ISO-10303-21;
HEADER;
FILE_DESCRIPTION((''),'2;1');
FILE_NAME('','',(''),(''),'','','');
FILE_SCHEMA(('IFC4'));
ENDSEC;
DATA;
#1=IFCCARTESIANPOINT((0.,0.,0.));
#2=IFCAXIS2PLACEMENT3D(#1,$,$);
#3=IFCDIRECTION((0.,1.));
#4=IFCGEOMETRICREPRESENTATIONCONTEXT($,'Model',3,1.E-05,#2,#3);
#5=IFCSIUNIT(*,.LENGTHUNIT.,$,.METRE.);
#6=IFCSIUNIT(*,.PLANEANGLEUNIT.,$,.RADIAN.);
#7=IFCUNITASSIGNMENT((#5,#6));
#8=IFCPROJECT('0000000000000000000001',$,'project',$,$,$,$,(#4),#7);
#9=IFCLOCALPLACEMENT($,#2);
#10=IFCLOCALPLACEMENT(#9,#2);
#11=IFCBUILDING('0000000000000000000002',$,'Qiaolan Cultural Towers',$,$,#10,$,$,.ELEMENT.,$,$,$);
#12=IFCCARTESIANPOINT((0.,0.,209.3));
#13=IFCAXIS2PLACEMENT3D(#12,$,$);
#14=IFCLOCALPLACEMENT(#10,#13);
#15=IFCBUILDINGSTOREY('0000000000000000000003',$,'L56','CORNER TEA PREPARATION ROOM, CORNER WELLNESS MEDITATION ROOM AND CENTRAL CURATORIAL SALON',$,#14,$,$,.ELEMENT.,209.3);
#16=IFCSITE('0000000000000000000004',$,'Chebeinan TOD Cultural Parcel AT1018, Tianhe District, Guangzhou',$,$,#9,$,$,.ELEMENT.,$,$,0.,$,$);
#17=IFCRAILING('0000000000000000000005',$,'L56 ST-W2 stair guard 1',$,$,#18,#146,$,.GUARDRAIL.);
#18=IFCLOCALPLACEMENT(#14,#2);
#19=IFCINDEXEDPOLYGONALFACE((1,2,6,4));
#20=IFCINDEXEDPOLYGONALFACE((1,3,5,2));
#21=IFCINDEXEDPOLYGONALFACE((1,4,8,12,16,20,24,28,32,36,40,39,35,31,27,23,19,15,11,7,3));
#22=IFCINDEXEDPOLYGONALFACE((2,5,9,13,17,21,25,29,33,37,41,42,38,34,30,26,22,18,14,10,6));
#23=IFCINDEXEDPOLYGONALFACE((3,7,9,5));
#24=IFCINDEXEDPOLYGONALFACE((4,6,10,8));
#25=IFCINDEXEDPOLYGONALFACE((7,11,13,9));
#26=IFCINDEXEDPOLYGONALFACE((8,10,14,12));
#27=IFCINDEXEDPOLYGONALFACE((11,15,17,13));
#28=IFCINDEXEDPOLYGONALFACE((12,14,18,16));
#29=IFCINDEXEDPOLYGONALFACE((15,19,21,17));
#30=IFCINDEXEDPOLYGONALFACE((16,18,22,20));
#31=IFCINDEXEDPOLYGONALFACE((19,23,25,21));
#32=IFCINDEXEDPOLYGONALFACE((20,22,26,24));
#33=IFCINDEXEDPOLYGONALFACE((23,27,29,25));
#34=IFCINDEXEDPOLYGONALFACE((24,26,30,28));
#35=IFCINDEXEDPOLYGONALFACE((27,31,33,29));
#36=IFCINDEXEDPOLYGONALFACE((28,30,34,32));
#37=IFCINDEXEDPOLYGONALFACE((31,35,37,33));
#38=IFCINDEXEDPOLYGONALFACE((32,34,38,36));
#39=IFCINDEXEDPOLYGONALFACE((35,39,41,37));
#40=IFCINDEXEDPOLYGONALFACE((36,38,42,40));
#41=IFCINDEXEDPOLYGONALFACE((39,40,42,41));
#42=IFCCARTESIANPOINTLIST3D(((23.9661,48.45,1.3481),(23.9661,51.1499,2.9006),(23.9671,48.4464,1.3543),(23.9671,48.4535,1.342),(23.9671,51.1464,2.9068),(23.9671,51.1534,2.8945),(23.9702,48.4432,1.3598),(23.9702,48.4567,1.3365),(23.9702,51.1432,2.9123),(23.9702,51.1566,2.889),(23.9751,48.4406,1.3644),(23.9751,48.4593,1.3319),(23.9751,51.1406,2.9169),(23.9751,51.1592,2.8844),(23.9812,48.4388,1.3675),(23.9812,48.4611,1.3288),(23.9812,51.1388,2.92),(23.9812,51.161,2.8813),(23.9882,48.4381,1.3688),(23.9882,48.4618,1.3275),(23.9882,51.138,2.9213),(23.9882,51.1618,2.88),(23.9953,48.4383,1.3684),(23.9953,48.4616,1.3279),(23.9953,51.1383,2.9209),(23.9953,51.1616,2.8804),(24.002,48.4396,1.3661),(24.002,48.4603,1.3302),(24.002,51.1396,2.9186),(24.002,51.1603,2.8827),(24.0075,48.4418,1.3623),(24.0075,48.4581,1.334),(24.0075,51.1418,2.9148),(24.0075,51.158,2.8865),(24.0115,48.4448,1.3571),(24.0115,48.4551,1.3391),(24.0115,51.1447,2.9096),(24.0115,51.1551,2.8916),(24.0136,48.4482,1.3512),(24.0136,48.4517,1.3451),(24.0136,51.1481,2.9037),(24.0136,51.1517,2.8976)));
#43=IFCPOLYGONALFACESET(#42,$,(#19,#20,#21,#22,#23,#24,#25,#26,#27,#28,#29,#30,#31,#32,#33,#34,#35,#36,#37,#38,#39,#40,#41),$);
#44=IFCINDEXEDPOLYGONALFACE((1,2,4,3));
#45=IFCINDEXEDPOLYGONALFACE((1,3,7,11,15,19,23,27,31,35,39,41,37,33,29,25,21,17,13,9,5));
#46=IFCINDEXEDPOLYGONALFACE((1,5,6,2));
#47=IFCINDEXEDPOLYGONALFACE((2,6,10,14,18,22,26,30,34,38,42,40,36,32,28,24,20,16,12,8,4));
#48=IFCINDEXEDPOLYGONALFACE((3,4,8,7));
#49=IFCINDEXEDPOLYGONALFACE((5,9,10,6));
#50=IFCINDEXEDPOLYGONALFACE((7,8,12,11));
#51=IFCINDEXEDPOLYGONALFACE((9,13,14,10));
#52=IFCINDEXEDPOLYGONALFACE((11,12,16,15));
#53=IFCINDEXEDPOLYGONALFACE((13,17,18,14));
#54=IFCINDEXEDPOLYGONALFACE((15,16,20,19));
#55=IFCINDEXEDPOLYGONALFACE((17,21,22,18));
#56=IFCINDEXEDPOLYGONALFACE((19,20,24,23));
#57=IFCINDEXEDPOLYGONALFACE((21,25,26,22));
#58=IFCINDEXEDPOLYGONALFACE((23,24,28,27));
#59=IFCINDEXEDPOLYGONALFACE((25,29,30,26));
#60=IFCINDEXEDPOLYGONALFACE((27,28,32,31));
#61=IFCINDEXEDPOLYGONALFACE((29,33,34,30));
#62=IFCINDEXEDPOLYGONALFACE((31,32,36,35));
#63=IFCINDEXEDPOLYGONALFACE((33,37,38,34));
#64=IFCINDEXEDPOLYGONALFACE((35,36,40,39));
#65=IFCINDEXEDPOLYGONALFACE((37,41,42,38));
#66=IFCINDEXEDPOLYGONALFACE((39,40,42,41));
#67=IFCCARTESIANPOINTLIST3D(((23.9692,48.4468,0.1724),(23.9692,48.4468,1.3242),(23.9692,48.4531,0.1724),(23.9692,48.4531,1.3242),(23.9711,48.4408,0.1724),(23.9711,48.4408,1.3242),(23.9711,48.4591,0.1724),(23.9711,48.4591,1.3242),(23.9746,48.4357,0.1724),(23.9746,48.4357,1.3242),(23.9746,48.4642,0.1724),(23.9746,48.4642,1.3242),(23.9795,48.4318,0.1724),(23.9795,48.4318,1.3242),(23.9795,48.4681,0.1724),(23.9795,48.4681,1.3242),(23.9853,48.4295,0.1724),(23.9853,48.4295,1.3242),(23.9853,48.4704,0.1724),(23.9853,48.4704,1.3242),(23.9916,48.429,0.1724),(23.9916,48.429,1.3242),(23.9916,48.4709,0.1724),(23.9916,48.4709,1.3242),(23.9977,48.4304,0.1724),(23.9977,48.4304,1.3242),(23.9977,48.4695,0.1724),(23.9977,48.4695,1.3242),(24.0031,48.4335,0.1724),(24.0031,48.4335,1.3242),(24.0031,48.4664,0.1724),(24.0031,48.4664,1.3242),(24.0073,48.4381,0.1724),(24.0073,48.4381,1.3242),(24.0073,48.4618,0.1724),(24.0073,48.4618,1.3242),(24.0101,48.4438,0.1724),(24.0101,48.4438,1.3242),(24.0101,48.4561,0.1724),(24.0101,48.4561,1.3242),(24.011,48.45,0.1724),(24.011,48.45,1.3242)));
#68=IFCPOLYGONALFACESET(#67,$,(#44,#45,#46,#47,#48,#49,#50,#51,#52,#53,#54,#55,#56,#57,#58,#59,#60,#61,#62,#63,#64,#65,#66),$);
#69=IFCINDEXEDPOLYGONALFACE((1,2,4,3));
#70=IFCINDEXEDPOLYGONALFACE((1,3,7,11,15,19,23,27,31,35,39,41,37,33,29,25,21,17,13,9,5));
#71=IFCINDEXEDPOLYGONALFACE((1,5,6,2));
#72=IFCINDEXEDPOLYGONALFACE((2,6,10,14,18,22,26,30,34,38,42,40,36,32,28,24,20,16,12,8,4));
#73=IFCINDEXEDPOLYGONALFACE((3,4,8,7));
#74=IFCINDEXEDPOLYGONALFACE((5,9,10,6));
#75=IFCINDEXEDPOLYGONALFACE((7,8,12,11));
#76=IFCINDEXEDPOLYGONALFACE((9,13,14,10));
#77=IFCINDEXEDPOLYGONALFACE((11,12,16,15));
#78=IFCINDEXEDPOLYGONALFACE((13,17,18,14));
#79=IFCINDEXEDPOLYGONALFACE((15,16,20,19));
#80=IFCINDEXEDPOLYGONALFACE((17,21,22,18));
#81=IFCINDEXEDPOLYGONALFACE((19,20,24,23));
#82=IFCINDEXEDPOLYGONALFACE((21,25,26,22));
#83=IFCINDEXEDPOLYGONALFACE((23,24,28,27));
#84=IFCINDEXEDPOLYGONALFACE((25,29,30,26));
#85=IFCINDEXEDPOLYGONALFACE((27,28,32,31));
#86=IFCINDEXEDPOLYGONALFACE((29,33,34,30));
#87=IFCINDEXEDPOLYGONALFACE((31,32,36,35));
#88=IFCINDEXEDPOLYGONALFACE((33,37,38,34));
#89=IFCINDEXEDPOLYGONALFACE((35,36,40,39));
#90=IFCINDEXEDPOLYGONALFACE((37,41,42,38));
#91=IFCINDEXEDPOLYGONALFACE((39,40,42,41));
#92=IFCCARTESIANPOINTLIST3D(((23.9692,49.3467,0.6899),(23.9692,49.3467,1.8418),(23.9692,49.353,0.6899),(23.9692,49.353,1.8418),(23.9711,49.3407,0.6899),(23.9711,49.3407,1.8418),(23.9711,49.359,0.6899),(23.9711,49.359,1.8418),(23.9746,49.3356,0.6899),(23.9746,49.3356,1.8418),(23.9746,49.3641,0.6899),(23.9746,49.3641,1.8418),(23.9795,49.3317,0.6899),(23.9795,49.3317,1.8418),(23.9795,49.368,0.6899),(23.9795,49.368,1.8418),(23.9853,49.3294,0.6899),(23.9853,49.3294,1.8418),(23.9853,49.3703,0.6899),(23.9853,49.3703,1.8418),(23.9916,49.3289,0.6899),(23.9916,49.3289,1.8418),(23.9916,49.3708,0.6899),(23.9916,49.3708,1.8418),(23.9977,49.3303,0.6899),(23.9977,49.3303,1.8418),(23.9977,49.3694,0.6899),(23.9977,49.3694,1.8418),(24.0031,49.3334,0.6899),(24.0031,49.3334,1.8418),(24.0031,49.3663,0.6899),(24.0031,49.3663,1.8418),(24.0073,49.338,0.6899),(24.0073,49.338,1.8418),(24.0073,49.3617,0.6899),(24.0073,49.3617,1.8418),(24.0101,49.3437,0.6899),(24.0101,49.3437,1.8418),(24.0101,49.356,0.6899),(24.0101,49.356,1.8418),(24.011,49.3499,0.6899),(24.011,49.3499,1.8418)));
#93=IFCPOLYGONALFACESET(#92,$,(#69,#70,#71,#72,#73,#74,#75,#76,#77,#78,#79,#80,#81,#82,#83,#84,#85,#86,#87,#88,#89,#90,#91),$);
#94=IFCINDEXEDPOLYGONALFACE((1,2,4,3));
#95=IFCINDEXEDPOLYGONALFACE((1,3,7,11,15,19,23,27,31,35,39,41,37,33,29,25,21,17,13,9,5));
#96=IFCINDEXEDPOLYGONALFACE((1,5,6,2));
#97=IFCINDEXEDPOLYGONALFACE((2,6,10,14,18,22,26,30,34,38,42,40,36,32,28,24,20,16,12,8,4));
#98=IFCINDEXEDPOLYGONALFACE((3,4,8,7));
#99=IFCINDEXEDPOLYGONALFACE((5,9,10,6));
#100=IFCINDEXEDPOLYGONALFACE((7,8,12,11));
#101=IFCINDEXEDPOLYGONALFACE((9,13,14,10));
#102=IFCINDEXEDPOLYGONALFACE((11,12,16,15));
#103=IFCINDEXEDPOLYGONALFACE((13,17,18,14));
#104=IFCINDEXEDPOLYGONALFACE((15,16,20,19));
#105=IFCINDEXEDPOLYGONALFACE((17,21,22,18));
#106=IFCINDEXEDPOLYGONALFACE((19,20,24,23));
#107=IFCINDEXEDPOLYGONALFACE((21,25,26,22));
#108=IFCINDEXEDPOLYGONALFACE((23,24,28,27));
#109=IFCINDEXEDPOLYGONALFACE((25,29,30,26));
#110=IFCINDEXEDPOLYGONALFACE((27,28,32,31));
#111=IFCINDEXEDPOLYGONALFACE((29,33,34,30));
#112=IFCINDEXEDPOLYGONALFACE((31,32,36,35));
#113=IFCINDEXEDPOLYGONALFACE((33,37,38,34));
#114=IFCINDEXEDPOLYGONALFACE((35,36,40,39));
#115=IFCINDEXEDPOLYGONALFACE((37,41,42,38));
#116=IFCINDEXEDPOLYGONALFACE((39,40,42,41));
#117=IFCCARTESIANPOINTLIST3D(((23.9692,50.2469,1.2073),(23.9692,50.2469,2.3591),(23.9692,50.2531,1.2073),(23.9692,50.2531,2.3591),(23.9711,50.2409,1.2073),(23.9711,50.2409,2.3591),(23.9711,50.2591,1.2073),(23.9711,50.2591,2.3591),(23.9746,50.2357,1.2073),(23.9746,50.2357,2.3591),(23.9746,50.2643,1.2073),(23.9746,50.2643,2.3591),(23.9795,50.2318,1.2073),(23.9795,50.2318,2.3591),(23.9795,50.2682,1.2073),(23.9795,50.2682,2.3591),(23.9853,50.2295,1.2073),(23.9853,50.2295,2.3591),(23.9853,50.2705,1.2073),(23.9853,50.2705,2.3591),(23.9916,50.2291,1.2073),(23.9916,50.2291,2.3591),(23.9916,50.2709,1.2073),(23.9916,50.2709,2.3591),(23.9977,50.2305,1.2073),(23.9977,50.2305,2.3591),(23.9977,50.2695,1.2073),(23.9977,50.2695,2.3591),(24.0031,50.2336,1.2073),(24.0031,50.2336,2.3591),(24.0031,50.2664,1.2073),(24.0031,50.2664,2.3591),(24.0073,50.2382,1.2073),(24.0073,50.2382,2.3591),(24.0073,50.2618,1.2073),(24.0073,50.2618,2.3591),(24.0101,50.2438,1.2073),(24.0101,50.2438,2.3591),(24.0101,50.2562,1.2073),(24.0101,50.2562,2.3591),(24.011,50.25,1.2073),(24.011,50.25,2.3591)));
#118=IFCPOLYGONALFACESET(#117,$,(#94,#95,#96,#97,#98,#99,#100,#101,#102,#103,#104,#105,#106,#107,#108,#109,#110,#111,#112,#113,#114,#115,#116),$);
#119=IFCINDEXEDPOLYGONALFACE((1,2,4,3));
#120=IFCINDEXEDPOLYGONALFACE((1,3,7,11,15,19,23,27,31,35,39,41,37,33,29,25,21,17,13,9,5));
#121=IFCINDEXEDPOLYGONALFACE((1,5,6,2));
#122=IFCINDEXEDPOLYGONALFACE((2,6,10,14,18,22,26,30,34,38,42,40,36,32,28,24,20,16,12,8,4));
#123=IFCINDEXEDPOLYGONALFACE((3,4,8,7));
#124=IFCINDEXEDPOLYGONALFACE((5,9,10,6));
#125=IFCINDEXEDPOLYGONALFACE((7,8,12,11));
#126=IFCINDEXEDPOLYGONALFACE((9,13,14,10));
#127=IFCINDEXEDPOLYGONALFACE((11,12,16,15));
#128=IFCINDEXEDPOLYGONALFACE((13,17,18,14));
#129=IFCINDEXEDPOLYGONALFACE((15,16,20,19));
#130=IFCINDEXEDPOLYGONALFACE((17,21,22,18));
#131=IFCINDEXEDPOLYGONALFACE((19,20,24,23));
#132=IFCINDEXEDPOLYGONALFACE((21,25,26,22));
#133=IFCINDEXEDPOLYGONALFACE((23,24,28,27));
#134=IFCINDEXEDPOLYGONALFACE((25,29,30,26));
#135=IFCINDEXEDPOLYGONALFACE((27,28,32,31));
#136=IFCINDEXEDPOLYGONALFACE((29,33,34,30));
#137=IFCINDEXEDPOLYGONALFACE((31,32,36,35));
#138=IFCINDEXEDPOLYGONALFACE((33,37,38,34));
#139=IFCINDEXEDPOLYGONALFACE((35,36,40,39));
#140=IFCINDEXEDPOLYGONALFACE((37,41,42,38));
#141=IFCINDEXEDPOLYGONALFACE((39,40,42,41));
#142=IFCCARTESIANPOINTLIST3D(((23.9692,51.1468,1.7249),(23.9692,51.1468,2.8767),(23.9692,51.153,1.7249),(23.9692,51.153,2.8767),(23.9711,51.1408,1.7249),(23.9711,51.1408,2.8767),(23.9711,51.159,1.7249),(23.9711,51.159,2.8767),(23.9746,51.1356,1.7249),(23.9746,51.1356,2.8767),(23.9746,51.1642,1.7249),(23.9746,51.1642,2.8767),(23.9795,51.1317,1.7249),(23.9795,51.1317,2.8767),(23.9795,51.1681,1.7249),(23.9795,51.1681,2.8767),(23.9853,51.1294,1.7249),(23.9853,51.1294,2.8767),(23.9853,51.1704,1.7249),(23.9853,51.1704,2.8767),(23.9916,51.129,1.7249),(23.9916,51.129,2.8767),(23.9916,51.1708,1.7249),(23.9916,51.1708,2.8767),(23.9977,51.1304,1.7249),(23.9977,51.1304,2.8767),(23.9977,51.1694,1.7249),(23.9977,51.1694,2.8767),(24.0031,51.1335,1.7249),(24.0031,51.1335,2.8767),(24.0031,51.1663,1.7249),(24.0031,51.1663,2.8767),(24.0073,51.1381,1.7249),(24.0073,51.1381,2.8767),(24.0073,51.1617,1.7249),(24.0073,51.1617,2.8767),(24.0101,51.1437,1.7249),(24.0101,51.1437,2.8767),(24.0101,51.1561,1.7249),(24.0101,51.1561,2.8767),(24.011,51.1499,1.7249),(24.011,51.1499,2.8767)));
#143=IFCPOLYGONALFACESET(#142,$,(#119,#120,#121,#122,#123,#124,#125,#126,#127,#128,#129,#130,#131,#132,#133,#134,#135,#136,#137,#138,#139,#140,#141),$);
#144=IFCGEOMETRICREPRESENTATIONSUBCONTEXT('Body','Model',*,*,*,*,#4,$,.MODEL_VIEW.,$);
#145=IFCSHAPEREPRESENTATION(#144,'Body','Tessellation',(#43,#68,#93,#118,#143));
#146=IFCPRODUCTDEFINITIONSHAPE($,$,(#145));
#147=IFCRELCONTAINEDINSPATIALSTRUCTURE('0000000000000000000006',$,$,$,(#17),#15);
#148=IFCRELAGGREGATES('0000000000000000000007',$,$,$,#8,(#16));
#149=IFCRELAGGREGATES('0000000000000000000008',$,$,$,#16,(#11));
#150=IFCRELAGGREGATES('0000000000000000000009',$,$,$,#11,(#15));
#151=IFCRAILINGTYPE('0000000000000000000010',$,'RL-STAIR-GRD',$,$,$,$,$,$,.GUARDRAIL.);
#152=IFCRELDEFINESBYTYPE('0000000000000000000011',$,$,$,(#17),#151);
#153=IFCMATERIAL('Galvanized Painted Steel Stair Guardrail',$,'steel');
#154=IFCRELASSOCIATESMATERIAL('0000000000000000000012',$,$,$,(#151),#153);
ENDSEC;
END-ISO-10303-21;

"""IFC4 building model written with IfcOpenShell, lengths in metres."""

from ifc_helpers import new_model, si_unit, direction, frame, origin, origin_2d, place, context, subcontext, project, spatial, circle, extrude, material, type_object, element, save


model = new_model("IFC4")

# Units and contexts
model_context = context("Model", 3, precision=1e-05, world=origin(), true_north=direction((0.0, 1.0)))
body_context = subcontext(model_context, "Body", "Model", "MODEL_VIEW")
ifc_project = project(units=[si_unit("LENGTHUNIT", "METRE"), si_unit("PLANEANGLEUNIT", "RADIAN")], contexts=[model_context])

# Site, building, storey
site_placement = place(None, origin())
site = spatial("IfcSite", under=ifc_project, at=site_placement, Name="Chebeinan TOD Cultural Parcel AT1018, Tianhe District, Guangzhou", CompositionType="ELEMENT", RefElevation=0.0)
building_placement = place(site_placement, origin())
building = spatial("IfcBuilding", under=site, at=building_placement, Name="Qiaolan Cultural Towers", CompositionType="ELEMENT")
storey_placement = place(building_placement, frame((0.0, 0.0, 209.3)))
storey = spatial("IfcBuildingStorey", under=building, at=storey_placement, Name="L56", Description="CORNER TEA PREPARATION ROOM, CORNER WELLNESS MEDITATION ROOM AND CENTRAL CURATORIAL SALON", CompositionType="ELEMENT", Elevation=209.3)

# Railing
ifc_material_1 = material(Name="Galvanized Painted Steel Stair Guardrail", Category="steel")
railing_type_1 = type_object("IfcRailingType", Name="RL-STAIR-GRD", PredefinedType="GUARDRAIL", material=ifc_material_1)
railing_1_placement = place(storey_placement, frame((23.99, 48.45, 0.1724)))
element("IfcRailing", 1, at=railing_1_placement, inside=storey, type_object=railing_type_1, Name="L56 ST-W2 stair guard 1", PredefinedType="GUARDRAIL", context=body_context, shape_type="SweptSolid", body=[
    extrude(circle(Radius=0.0239, at=origin_2d()), frame((0.0, 0.0, 1.1758), z_axis=(0.0, 0.866904, 0.498476), x_axis=(-1.0, 0.0, 0.0)), (0.0, 0.0, 1.0), 3.1145),
    extrude(circle(Radius=0.021, at=origin_2d()), origin(), (0.0, 0.0, 1.0), 1.1519),
    extrude(circle(Radius=0.021, at=origin_2d()), frame((0.0, 0.8999, 0.5176)), (0.0, 0.0, 1.0), 1.1519),
    extrude(circle(Radius=0.021, at=origin_2d()), frame((0.0, 1.8, 1.0349)), (0.0, 0.0, 1.0), 1.1519),
    extrude(circle(Radius=0.021, at=origin_2d()), frame((0.0, 2.7, 1.5525)), (0.0, 0.0, 1.0), 1.1519),
])

save(model, "model.ifc")
